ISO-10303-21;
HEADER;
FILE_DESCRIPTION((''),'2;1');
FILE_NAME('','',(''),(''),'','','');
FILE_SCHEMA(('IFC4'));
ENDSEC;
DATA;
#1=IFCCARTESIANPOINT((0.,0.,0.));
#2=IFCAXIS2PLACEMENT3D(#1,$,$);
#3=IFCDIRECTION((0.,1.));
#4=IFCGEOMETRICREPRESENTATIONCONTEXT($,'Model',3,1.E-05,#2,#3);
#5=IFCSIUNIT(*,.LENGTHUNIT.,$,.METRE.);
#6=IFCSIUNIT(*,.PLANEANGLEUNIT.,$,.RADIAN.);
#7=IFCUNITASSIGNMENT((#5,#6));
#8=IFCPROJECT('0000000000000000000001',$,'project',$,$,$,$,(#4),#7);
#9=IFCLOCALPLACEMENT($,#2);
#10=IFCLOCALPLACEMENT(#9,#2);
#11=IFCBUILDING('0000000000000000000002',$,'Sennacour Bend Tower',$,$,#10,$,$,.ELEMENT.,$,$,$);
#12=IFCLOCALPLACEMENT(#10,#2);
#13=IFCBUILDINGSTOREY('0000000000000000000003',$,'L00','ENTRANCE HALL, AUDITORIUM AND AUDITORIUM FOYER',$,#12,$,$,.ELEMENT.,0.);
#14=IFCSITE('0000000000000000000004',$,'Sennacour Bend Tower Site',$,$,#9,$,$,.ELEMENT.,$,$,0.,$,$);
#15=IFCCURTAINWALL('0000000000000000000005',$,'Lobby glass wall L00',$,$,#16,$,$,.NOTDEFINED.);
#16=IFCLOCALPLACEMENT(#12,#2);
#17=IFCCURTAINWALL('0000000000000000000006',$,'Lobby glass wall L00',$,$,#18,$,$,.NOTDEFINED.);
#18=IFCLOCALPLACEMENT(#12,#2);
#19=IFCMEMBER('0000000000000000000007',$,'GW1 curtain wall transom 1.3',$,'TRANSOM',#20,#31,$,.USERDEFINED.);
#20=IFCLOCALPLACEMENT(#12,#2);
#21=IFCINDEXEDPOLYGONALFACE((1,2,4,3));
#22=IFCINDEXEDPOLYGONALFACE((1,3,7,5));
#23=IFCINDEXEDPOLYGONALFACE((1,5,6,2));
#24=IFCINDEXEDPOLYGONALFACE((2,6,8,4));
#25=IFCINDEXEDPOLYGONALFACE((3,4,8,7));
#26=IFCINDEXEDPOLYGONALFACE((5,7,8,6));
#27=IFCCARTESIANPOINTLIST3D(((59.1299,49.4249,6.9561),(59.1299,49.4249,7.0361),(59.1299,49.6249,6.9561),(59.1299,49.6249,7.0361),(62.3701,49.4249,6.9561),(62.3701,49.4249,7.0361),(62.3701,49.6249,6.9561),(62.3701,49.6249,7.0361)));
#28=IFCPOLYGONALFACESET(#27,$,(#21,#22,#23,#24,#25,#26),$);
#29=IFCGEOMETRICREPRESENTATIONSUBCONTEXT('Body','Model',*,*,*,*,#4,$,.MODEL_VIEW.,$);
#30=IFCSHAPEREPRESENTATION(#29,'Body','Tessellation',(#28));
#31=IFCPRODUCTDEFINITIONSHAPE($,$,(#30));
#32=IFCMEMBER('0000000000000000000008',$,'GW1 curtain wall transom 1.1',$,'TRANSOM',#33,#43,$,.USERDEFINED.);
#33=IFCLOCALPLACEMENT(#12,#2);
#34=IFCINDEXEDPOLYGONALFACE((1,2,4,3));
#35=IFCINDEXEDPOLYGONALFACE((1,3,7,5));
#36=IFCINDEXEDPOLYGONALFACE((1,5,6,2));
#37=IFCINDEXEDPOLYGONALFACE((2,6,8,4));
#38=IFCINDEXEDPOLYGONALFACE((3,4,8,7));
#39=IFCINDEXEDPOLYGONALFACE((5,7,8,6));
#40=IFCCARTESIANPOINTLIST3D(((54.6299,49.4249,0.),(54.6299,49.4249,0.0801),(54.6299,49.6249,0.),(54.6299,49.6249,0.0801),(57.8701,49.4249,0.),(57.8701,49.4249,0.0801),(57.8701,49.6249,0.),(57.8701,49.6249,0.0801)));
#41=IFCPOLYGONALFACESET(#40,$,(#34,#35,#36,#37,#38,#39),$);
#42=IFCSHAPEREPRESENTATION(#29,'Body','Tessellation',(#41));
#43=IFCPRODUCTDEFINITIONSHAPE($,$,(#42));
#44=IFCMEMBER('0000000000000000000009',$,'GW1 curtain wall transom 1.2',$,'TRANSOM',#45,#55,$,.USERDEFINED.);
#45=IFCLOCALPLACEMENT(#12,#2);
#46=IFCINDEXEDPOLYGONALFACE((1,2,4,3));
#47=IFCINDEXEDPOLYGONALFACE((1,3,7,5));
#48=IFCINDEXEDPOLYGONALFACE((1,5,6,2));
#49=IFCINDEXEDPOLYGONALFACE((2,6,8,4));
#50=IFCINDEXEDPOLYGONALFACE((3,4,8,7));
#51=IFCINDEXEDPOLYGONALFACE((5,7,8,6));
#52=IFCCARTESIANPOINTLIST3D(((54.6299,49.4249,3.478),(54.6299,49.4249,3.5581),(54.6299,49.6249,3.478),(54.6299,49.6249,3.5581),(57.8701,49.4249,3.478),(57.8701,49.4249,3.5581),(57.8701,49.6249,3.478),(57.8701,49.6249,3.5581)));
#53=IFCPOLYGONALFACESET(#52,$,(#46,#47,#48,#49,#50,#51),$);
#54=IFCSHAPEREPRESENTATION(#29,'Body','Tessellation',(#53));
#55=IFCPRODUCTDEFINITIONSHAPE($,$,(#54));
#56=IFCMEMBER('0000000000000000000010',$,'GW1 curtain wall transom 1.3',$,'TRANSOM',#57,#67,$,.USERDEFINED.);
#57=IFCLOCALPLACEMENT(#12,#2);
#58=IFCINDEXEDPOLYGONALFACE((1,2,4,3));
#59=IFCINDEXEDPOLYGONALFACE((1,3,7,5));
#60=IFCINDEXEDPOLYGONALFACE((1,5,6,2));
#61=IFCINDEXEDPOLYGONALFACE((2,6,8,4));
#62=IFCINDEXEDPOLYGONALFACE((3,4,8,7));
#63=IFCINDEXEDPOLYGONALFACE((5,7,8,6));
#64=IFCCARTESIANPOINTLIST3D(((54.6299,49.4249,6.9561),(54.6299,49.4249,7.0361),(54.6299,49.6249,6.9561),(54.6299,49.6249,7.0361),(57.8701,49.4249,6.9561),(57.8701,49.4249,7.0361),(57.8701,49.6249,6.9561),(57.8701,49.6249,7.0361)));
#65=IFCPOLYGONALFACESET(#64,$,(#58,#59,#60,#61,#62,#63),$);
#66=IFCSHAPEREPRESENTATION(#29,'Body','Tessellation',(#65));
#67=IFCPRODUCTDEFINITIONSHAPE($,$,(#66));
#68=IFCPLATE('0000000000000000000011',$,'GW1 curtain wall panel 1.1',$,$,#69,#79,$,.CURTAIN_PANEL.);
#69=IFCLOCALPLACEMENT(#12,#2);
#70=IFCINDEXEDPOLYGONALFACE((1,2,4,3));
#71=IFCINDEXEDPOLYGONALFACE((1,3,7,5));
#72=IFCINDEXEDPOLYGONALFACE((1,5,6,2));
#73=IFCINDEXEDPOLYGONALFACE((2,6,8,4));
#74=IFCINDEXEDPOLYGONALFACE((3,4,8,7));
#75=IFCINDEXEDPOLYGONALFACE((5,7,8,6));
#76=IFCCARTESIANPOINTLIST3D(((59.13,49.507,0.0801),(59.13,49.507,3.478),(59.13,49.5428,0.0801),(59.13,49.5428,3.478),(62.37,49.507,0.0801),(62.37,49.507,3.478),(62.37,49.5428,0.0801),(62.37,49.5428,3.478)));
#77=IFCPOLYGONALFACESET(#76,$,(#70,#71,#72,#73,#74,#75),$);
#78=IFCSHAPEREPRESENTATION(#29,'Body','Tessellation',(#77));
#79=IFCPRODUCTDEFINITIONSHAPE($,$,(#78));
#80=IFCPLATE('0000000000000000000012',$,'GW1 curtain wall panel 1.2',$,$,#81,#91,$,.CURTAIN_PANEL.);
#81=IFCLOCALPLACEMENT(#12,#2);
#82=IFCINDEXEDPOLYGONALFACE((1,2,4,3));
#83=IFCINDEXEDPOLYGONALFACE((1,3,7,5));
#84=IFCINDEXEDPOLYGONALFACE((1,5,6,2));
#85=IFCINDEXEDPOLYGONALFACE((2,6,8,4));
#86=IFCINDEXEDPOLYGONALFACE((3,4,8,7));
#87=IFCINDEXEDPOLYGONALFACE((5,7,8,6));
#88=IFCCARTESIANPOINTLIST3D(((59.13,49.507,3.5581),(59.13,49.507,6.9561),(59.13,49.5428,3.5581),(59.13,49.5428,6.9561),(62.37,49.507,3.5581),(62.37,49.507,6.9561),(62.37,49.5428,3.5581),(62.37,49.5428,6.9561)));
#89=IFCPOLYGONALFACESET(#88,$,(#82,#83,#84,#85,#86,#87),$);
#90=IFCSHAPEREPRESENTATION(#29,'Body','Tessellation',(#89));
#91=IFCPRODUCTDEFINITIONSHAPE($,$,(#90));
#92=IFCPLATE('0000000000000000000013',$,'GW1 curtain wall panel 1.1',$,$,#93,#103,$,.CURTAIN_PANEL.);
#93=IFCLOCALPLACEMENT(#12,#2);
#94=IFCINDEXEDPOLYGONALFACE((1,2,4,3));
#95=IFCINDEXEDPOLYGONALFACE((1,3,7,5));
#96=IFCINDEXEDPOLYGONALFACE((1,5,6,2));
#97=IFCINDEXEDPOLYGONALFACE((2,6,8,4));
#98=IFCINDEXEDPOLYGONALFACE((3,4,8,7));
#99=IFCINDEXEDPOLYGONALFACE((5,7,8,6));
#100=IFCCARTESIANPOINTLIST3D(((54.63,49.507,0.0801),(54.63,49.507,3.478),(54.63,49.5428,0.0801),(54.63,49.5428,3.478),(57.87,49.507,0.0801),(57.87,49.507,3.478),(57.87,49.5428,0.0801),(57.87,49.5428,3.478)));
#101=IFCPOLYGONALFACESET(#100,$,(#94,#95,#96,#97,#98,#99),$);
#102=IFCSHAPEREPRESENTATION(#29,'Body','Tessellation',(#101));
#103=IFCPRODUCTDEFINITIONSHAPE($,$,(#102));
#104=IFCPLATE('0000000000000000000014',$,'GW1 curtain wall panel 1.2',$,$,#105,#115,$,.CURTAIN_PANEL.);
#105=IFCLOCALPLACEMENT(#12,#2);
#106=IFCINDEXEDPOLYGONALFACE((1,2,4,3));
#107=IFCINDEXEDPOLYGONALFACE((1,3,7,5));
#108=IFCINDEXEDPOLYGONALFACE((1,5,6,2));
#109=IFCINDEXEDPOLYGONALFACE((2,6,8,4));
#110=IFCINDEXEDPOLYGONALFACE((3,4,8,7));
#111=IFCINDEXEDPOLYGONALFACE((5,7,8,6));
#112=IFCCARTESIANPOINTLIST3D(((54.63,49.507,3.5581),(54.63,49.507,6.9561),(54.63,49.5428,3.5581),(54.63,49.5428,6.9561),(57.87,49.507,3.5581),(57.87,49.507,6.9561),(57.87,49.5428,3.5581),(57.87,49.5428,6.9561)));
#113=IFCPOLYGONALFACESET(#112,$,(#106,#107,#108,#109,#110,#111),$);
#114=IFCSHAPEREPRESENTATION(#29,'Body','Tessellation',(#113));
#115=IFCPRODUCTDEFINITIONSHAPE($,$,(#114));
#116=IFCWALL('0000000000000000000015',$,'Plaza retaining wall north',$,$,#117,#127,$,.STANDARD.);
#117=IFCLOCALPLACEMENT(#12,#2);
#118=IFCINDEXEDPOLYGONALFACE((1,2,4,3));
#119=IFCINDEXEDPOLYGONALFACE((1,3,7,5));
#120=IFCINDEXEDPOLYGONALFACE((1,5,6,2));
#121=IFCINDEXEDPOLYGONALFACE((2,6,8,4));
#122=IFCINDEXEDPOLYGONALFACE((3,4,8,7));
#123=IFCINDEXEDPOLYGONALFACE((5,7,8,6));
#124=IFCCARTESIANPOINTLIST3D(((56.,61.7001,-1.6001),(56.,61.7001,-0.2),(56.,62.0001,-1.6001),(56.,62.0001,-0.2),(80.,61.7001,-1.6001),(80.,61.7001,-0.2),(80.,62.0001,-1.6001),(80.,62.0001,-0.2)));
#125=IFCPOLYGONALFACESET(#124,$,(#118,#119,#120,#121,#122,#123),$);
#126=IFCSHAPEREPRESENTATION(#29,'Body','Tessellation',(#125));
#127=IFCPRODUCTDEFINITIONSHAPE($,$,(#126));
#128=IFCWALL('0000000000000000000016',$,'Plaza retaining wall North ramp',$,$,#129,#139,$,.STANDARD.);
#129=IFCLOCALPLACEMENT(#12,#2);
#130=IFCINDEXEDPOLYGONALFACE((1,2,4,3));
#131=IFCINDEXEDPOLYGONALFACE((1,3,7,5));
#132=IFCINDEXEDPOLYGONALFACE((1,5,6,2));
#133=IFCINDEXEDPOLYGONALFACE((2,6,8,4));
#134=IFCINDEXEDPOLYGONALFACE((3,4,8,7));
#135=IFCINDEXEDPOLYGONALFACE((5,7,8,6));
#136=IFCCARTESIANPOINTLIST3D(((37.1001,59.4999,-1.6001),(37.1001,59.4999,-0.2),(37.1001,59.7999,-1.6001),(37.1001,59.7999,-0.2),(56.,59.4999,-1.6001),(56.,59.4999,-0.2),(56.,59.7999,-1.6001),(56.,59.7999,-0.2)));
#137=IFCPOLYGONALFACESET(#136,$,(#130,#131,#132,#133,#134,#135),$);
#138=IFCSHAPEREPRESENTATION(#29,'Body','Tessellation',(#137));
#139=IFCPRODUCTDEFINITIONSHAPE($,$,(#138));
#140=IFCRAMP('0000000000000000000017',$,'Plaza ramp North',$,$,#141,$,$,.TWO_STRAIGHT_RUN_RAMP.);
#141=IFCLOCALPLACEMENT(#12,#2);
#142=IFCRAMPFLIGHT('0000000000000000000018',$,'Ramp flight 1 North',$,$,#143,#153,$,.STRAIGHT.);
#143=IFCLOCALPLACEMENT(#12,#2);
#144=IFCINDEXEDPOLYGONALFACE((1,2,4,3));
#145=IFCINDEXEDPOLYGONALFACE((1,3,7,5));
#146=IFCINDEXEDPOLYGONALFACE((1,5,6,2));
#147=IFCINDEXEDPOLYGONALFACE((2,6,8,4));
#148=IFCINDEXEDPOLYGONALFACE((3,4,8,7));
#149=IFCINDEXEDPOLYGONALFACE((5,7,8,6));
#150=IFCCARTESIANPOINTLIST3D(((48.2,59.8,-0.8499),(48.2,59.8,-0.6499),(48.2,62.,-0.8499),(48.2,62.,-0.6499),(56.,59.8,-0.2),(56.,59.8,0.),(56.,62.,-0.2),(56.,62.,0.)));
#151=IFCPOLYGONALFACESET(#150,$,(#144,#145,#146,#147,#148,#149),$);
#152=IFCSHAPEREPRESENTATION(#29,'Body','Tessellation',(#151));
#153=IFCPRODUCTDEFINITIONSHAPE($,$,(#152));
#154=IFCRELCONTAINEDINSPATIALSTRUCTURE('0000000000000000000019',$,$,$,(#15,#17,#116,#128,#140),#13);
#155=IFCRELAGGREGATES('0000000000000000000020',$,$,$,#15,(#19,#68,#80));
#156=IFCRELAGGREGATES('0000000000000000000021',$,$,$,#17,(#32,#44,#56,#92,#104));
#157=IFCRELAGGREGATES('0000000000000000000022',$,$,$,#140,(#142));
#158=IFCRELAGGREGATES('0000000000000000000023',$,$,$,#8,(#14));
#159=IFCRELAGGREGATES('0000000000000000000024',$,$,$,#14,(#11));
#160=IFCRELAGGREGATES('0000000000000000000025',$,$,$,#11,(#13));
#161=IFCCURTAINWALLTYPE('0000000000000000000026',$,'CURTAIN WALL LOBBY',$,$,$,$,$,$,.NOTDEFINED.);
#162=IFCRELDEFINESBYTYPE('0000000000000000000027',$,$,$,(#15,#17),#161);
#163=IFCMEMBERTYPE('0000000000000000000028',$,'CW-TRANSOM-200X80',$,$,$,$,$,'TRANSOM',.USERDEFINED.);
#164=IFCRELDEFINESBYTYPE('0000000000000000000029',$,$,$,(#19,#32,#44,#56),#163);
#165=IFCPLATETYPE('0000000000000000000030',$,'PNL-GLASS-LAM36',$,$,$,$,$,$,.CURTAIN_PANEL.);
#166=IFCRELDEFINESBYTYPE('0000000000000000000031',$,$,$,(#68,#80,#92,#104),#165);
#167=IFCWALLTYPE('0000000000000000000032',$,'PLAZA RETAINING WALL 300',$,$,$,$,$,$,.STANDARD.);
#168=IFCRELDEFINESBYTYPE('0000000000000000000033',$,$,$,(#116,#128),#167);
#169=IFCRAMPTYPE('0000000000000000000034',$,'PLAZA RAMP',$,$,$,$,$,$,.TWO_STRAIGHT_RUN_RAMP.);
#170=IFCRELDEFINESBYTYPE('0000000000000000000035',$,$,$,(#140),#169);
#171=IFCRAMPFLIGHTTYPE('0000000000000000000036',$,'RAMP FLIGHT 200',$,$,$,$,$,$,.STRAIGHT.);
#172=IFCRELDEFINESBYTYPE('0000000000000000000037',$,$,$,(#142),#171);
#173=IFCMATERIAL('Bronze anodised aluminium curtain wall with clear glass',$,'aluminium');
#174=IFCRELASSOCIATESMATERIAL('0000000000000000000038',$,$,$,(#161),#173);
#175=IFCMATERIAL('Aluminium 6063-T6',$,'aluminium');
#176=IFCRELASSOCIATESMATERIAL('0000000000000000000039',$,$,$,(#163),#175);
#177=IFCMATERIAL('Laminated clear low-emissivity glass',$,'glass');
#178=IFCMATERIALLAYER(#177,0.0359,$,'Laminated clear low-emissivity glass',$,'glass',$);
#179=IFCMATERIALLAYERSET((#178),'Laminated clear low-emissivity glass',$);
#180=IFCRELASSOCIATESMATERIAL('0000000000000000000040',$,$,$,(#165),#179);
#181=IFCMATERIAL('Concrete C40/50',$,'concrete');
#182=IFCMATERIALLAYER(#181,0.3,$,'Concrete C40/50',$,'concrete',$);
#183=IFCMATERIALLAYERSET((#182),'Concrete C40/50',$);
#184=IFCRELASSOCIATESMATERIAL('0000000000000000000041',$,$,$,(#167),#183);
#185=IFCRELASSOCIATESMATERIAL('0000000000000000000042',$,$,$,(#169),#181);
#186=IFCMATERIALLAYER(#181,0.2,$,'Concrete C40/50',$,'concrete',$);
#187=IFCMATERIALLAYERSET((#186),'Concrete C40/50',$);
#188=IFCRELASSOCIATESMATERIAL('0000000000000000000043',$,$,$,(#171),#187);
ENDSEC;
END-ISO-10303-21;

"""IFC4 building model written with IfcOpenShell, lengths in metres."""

from ifc_helpers import new_model, si_unit, direction, frame, frame_2d, origin, origin_2d, place, context, subcontext, project, spatial, polyline, rectangle, outline, extrude, material, layer, layer_set, material_profile, profile_set, type_object, element, aggregate, save


model = new_model("IFC4")

# Units and contexts
model_context = context("Model", 3, precision=1e-05, world=origin(), true_north=direction((0.0, 1.0)))
body_context = subcontext(model_context, "Body", "Model", "MODEL_VIEW")
ifc_project = project(units=[si_unit("LENGTHUNIT", "METRE"), si_unit("PLANEANGLEUNIT", "RADIAN")], contexts=[model_context])

# Site, building, storey
site_placement = place(None, origin())
site = spatial("IfcSite", under=ifc_project, at=site_placement, Name="Sennacour Bend Tower Site", CompositionType="ELEMENT", RefElevation=0.0)
building_placement = place(site_placement, origin())
building = spatial("IfcBuilding", under=site, at=building_placement, Name="Sennacour Bend Tower", CompositionType="ELEMENT")
storey_placement = place(building_placement, origin())
storey = spatial("IfcBuildingStorey", under=building, at=storey_placement, Name="L00", Description="ENTRANCE HALL, AUDITORIUM AND AUDITORIUM FOYER", CompositionType="ELEMENT", Elevation=0.0)

# Curtain walls
ifc_material_1 = material(Name="Bronze anodised aluminium curtain wall with clear glass", Category="aluminium")
curtain_wall_type = type_object("IfcCurtainWallType", Name="CURTAIN WALL LOBBY", PredefinedType="NOTDEFINED", material=ifc_material_1)
curtain_wall_1_placement = place(storey_placement, origin())
curtain_wall_1 = element("IfcCurtainWall", 1, at=curtain_wall_1_placement, inside=storey, type_object=curtain_wall_type, Name="Lobby glass wall L00", PredefinedType="NOTDEFINED")
ifc_material_2 = material(Name="Aluminium 6063-T6", Category="aluminium")
curtain_wall_2_placement = place(storey_placement, origin())
curtain_wall_2 = element("IfcCurtainWall", 2, at=curtain_wall_2_placement, inside=storey, type_object=curtain_wall_type, Name="Lobby glass wall L00", PredefinedType="NOTDEFINED")

# Members
ifc_material_profile_1 = material_profile(ifc_material_2, rectangle(XDim=0.2, YDim=0.0801, at=origin_2d()), Name="Aluminium 6063-T6", Category="aluminium")
ifc_profile_set_1 = profile_set([ifc_material_profile_1], Name="Aluminium 6063-T6")
member_type_1 = type_object("IfcMemberType", Name="CW-TRANSOM-200X80", ElementType="TRANSOM", PredefinedType="USERDEFINED", material=ifc_profile_set_1)
member_1_placement = place(storey_placement, frame((62.3701, 49.5249, 6.9961), z_axis=(-1.0, 0.0, 0.0), x_axis=(0.0, -1.0, 0.0)))
member_1 = element("IfcMember", 3, at=member_1_placement, type_object=member_type_1, Name="GW1 curtain wall transom 1.3", ObjectType="TRANSOM", PredefinedType="USERDEFINED", context=body_context, shape_type="SweptSolid", body=[
    extrude(rectangle(XDim=0.2, YDim=0.0801, at=origin_2d()), origin(), (0.0, 0.0, 1.0), 3.2402),
])
member_2_placement = place(storey_placement, frame((57.8701, 49.5249, 0.04), z_axis=(-1.0, 0.0, 0.0), x_axis=(0.0, -1.0, 0.0)))
member_2 = element("IfcMember", 4, at=member_2_placement, type_object=member_type_1, Name="GW1 curtain wall transom 1.1", ObjectType="TRANSOM", PredefinedType="USERDEFINED", context=body_context, shape_type="SweptSolid", body=[
    extrude(rectangle(XDim=0.2, YDim=0.0801, at=origin_2d()), origin(), (0.0, 0.0, 1.0), 3.2402),
])
member_3_placement = place(storey_placement, frame((57.8701, 49.5249, 3.5181), z_axis=(-1.0, 0.0, 0.0), x_axis=(0.0, -1.0, 0.0)))
member_3 = element("IfcMember", 5, at=member_3_placement, type_object=member_type_1, Name="GW1 curtain wall transom 1.2", ObjectType="TRANSOM", PredefinedType="USERDEFINED", context=body_context, shape_type="SweptSolid", body=[
    extrude(rectangle(XDim=0.2, YDim=0.0801, at=origin_2d()), origin(), (0.0, 0.0, 1.0), 3.2402),
])
member_4_placement = place(storey_placement, frame((57.8701, 49.5249, 6.9961), z_axis=(-1.0, 0.0, 0.0), x_axis=(0.0, -1.0, 0.0)))
member_4 = element("IfcMember", 6, at=member_4_placement, type_object=member_type_1, Name="GW1 curtain wall transom 1.3", ObjectType="TRANSOM", PredefinedType="USERDEFINED", context=body_context, shape_type="SweptSolid", body=[
    extrude(rectangle(XDim=0.2, YDim=0.0801, at=origin_2d()), origin(), (0.0, 0.0, 1.0), 3.2402),
])

# Plates
ifc_material_3 = material(Name="Laminated clear low-emissivity glass", Category="glass")
ifc_layer_1 = layer(ifc_material_3, 0.0359, Name="Laminated clear low-emissivity glass", Category="glass")
ifc_layer_set_1 = layer_set([ifc_layer_1], Name="Laminated clear low-emissivity glass")
plate_type = type_object("IfcPlateType", Name="PNL-GLASS-LAM36", PredefinedType="CURTAIN_PANEL", material=ifc_layer_set_1)
plate_1_placement = place(storey_placement, frame((60.75, 49.5249, 0.0801), z_axis=(0.0, 0.0, 1.0), x_axis=(-1.0, 0.0, 0.0)))
plate_1 = element("IfcPlate", 7, at=plate_1_placement, type_object=plate_type, Name="GW1 curtain wall panel 1.1", PredefinedType="CURTAIN_PANEL", context=body_context, shape_type="SweptSolid", body=[
    extrude(rectangle(XDim=3.24, YDim=0.0359, at=origin_2d()), origin(), (0.0, 0.0, 1.0), 3.3979),
])
plate_2_placement = place(storey_placement, frame((60.75, 49.5249, 3.5581), z_axis=(0.0, 0.0, 1.0), x_axis=(-1.0, 0.0, 0.0)))
plate_2 = element("IfcPlate", 8, at=plate_2_placement, type_object=plate_type, Name="GW1 curtain wall panel 1.2", PredefinedType="CURTAIN_PANEL", context=body_context, shape_type="SweptSolid", body=[
    extrude(rectangle(XDim=3.24, YDim=0.0359, at=origin_2d()), origin(), (0.0, 0.0, 1.0), 3.3979),
])
aggregate(curtain_wall_1, [member_1, plate_1, plate_2])
plate_3_placement = place(storey_placement, frame((56.25, 49.5249, 0.0801), z_axis=(0.0, 0.0, 1.0), x_axis=(-1.0, 0.0, 0.0)))
plate_3 = element("IfcPlate", 9, at=plate_3_placement, type_object=plate_type, Name="GW1 curtain wall panel 1.1", PredefinedType="CURTAIN_PANEL", context=body_context, shape_type="SweptSolid", body=[
    extrude(rectangle(XDim=3.24, YDim=0.0359, at=origin_2d()), origin(), (0.0, 0.0, 1.0), 3.3979),
])
plate_4_placement = place(storey_placement, frame((56.25, 49.5249, 3.5581), z_axis=(0.0, 0.0, 1.0), x_axis=(-1.0, 0.0, 0.0)))
plate_4 = element("IfcPlate", 10, at=plate_4_placement, type_object=plate_type, Name="GW1 curtain wall panel 1.2", PredefinedType="CURTAIN_PANEL", context=body_context, shape_type="SweptSolid", body=[
    extrude(rectangle(XDim=3.24, YDim=0.0359, at=origin_2d()), origin(), (0.0, 0.0, 1.0), 3.3979),
])
aggregate(curtain_wall_2, [member_2, member_3, member_4, plate_3, plate_4])

# Walls
ifc_material_4 = material(Name="Concrete C40/50", Category="concrete")
ifc_layer_2 = layer(ifc_material_4, 0.3, Name="Concrete C40/50", Category="concrete")
ifc_layer_set_2 = layer_set([ifc_layer_2], Name="Concrete C40/50")
wall_type = type_object("IfcWallType", Name="PLAZA RETAINING WALL 300", PredefinedType="STANDARD", material=ifc_layer_set_2)
wall_1_placement = place(storey_placement, frame((56.0, 61.8501, -1.6001), z_axis=(0.0, 0.0, 1.0), x_axis=(1.0, 0.0, 0.0)))
element("IfcWall", 11, at=wall_1_placement, inside=storey, type_object=wall_type, Name="Plaza retaining wall north", PredefinedType="STANDARD", context=body_context, shape_type="SweptSolid", body=[
    extrude(rectangle(XDim=24.0, YDim=0.3, at=frame_2d((12.0, 0.0))), origin(), (0.0, 0.0, 1.0), 1.4001),
])
wall_2_placement = place(storey_placement, frame((56.0, 59.6499, -1.6001), z_axis=(0.0, 0.0, 1.0), x_axis=(-1.0, 0.0, 0.0)))
element("IfcWall", 12, at=wall_2_placement, inside=storey, type_object=wall_type, Name="Plaza retaining wall North ramp", PredefinedType="STANDARD", context=body_context, shape_type="SweptSolid", body=[
    extrude(rectangle(XDim=18.8999, YDim=0.3, at=frame_2d((9.45, 0.0))), origin(), (0.0, 0.0, 1.0), 1.4001),
])

# Ramp, ramp flight
ramp_type = type_object("IfcRampType", Name="PLAZA RAMP", PredefinedType="TWO_STRAIGHT_RUN_RAMP", material=ifc_material_4)
ramp_placement = place(storey_placement, origin())
ramp = element("IfcRamp", 13, at=ramp_placement, inside=storey, type_object=ramp_type, Name="Plaza ramp North", PredefinedType="TWO_STRAIGHT_RUN_RAMP")
ifc_layer_3 = layer(ifc_material_4, 0.2, Name="Concrete C40/50", Category="concrete")
ifc_layer_set_3 = layer_set([ifc_layer_3], Name="Concrete C40/50")
ramp_flight_type = type_object("IfcRampFlightType", Name="RAMP FLIGHT 200", PredefinedType="STRAIGHT", material=ifc_layer_set_3)
ramp_flight_placement = place(storey_placement, frame((56.0, 62.0, 0.0), z_axis=(-0.083033, 0.0, 0.996547), x_axis=(0.0, -1.0, 0.0)))
ramp_flight = element("IfcRampFlight", 14, at=ramp_flight_placement, type_object=ramp_flight_type, Name="Ramp flight 1 North", PredefinedType="STRAIGHT", context=body_context, shape_type="SweptSolid", body=[
    extrude(outline(polyline([(0.0, 0.0), (2.2, 0.0), (2.2, -7.8271), (0.0, -7.8271), (0.0, 0.0)])), origin(), (0.0, -0.083033, -0.996547), 0.2),
])
aggregate(ramp, [ramp_flight])

save(model, "model.ifc")
